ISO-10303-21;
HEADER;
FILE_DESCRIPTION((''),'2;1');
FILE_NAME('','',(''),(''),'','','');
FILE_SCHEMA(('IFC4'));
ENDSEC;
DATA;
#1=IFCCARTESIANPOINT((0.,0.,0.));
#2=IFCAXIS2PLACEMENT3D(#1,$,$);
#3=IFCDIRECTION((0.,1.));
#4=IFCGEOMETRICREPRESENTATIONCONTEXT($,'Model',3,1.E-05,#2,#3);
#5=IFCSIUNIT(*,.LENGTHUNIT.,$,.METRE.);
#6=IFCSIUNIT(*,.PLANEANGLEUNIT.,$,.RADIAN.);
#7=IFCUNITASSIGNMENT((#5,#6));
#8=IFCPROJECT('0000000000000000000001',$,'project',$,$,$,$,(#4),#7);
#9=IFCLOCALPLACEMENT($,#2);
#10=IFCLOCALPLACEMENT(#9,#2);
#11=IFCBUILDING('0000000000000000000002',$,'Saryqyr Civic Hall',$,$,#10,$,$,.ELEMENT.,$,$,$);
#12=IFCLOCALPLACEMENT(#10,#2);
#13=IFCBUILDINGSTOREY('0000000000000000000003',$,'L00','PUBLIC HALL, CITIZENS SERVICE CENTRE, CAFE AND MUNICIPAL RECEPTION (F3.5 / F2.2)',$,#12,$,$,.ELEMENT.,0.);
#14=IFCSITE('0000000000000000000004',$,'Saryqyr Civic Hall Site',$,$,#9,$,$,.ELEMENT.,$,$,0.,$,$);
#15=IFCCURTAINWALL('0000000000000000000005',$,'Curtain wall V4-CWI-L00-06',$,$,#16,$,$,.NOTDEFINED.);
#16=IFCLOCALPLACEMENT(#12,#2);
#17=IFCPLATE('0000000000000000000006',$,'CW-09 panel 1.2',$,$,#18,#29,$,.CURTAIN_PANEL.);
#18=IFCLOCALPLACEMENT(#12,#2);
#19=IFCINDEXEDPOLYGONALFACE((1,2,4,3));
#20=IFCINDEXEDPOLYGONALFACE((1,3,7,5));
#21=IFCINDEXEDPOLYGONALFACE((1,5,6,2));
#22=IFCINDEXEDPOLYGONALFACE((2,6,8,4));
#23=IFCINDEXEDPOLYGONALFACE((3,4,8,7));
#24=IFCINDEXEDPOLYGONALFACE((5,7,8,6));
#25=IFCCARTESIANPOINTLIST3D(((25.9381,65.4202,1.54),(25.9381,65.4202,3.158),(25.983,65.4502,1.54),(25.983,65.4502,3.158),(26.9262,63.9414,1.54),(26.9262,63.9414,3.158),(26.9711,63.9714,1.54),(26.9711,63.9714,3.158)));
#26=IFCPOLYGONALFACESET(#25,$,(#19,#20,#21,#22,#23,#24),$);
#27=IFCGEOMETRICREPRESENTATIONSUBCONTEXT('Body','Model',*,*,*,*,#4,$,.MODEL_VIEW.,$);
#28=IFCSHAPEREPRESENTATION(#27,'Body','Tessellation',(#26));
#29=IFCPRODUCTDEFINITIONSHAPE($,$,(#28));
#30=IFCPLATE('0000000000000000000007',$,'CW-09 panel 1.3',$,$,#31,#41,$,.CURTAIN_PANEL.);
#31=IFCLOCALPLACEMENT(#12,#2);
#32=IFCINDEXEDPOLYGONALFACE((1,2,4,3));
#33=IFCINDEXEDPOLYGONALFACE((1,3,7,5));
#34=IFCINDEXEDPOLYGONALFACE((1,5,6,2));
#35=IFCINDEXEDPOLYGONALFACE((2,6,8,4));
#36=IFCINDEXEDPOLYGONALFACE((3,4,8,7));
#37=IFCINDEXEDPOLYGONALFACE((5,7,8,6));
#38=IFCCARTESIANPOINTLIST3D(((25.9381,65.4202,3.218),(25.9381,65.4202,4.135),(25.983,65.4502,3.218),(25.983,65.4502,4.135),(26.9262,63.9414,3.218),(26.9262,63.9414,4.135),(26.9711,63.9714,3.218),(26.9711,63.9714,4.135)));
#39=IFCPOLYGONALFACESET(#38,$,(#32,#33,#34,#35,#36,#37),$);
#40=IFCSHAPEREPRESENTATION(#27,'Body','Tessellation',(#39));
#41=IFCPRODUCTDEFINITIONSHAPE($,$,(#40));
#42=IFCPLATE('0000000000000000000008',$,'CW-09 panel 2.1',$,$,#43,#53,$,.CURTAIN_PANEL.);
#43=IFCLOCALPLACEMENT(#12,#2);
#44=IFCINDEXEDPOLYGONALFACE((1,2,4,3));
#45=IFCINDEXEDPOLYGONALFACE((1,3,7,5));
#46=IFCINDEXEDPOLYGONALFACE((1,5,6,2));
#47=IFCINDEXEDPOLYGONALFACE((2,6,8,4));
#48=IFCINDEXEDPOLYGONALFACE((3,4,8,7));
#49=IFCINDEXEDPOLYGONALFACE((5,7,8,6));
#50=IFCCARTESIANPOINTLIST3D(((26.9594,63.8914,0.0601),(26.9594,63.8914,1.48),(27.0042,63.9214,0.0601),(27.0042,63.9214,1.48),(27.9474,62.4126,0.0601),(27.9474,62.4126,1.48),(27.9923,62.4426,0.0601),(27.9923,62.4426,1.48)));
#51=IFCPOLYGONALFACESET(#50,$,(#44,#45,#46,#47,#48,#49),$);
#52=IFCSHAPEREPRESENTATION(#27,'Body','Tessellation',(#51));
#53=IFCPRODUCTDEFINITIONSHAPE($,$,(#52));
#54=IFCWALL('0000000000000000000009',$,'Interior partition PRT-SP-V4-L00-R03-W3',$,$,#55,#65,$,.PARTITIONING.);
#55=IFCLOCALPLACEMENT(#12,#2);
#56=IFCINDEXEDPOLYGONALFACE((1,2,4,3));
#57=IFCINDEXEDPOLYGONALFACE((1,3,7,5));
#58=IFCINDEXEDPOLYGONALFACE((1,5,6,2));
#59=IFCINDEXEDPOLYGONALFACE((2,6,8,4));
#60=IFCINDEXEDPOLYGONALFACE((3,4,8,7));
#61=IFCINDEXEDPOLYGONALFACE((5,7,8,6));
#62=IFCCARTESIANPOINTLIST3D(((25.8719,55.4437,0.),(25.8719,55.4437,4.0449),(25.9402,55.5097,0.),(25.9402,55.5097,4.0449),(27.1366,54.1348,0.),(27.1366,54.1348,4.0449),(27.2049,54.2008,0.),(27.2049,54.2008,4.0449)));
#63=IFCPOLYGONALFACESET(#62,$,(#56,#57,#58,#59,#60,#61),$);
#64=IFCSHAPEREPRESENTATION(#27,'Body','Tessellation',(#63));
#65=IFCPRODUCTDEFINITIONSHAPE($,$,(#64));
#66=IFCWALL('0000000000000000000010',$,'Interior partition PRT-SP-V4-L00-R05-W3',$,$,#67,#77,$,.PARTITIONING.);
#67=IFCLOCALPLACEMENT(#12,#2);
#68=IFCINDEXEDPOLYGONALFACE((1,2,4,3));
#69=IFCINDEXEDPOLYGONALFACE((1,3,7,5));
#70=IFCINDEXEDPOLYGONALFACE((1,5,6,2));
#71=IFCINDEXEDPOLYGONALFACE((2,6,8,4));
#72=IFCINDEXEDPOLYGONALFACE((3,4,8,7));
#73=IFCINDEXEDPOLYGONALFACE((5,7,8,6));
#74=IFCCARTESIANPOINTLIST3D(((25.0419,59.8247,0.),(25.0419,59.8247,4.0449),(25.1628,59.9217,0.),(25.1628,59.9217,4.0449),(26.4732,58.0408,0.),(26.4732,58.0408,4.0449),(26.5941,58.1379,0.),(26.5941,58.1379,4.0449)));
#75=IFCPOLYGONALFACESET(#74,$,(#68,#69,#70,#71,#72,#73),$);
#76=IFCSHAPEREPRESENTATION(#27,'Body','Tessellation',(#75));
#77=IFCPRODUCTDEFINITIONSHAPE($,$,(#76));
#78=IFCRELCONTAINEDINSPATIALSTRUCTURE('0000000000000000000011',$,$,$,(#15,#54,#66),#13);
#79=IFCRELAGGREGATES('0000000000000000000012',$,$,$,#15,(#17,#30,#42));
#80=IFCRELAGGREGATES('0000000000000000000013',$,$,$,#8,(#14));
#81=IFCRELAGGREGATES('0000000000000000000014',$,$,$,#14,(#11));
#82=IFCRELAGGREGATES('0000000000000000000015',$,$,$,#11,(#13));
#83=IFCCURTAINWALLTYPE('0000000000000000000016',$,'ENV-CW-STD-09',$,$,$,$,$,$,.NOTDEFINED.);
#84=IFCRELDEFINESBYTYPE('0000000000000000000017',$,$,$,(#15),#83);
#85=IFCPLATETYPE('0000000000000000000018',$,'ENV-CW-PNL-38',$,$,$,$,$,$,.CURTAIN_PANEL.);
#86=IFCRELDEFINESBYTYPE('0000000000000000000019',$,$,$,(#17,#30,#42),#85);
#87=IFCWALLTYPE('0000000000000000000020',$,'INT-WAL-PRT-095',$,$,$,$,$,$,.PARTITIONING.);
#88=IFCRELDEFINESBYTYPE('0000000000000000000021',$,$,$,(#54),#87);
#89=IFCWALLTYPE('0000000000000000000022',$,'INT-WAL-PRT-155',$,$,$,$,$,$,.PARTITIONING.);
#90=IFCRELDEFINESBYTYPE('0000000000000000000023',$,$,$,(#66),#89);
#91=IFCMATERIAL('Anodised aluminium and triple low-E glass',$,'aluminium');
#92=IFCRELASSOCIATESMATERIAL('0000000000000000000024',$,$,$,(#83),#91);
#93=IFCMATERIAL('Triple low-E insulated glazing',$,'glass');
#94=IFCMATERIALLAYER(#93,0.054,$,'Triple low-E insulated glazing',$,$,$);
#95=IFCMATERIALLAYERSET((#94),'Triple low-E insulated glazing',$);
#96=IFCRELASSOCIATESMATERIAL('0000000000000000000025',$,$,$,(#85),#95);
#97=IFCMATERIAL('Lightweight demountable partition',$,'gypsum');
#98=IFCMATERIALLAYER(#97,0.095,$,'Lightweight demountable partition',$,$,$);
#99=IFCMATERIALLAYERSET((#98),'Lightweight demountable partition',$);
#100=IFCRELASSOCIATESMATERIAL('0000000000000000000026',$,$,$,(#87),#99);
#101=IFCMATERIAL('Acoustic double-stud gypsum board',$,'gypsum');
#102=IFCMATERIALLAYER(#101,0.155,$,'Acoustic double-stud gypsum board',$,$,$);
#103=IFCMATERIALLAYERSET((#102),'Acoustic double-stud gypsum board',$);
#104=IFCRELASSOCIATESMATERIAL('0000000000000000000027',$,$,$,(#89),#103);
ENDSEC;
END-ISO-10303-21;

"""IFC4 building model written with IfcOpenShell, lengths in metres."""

from ifc_helpers import new_model, si_unit, direction, frame, frame_2d, origin, origin_2d, place, context, subcontext, project, spatial, rectangle, extrude, material, layer, layer_set, type_object, element, aggregate, save


model = new_model("IFC4")

# Units and contexts
model_context = context("Model", 3, precision=1e-05, world=origin(), true_north=direction((0.0, 1.0)))
body_context = subcontext(model_context, "Body", "Model", "MODEL_VIEW")
ifc_project = project(units=[si_unit("LENGTHUNIT", "METRE"), si_unit("PLANEANGLEUNIT", "RADIAN")], contexts=[model_context])

# Site, building, storey
site_placement = place(None, origin())
site = spatial("IfcSite", under=ifc_project, at=site_placement, Name="Saryqyr Civic Hall Site", CompositionType="ELEMENT", RefElevation=0.0)
building_placement = place(site_placement, origin())
building = spatial("IfcBuilding", under=site, at=building_placement, Name="Saryqyr Civic Hall", CompositionType="ELEMENT")
storey_placement = place(building_placement, origin())
storey = spatial("IfcBuildingStorey", under=building, at=storey_placement, Name="L00", Description="PUBLIC HALL, CITIZENS SERVICE CENTRE, CAFE AND MUNICIPAL RECEPTION (F3.5 / F2.2)", CompositionType="ELEMENT", Elevation=0.0)

# Curtain wall
ifc_material_1 = material(Name="Anodised aluminium and triple low-E glass", Category="aluminium")
curtain_wall_type_1 = type_object("IfcCurtainWallType", Name="ENV-CW-STD-09", PredefinedType="NOTDEFINED", material=ifc_material_1)
curtain_wall_1_placement = place(storey_placement, origin())
curtain_wall_1 = element("IfcCurtainWall", 1, at=curtain_wall_1_placement, inside=storey, type_object=curtain_wall_type_1, Name="Curtain wall V4-CWI-L00-06", PredefinedType="NOTDEFINED")

# Shared definitions
ifc_material_2 = material(Name="Triple low-E insulated glazing", Category="glass")
ifc_layer_1 = layer(ifc_material_2, 0.054, Name="Triple low-E insulated glazing")
ifc_layer_set_1 = layer_set([ifc_layer_1], Name="Triple low-E insulated glazing")
plate_type = type_object("IfcPlateType", Name="ENV-CW-PNL-38", PredefinedType="CURTAIN_PANEL", material=ifc_layer_set_1)

# Plates
plate_1_placement = place(storey_placement, frame((26.4546, 64.6958, 1.54), z_axis=(0.0, 0.0, 1.0), x_axis=(0.555558, -0.831478, 0.0)))
plate_1 = element("IfcPlate", 2, at=plate_1_placement, type_object=plate_type, Name="CW-09 panel 1.2", PredefinedType="CURTAIN_PANEL", context=body_context, shape_type="SweptSolid", body=[
    extrude(rectangle(XDim=1.7786, YDim=0.054, at=origin_2d()), origin(), (0.0, 0.0, 1.0), 1.6179),
])
plate_2_placement = place(storey_placement, frame((26.4546, 64.6958, 3.218), z_axis=(0.0, 0.0, 1.0), x_axis=(0.555558, -0.831478, 0.0)))
plate_2 = element("IfcPlate", 3, at=plate_2_placement, type_object=plate_type, Name="CW-09 panel 1.3", PredefinedType="CURTAIN_PANEL", context=body_context, shape_type="SweptSolid", body=[
    extrude(rectangle(XDim=1.7786, YDim=0.054, at=origin_2d()), origin(), (0.0, 0.0, 1.0), 0.917),
])
plate_3_placement = place(storey_placement, frame((27.4758, 63.167, 0.0601), z_axis=(0.0, 0.0, 1.0), x_axis=(0.555558, -0.831478, 0.0)))
plate_3 = element("IfcPlate", 4, at=plate_3_placement, type_object=plate_type, Name="CW-09 panel 2.1", PredefinedType="CURTAIN_PANEL", context=body_context, shape_type="SweptSolid", body=[
    extrude(rectangle(XDim=1.7786, YDim=0.054, at=origin_2d()), origin(), (0.0, 0.0, 1.0), 1.4199),
])
aggregate(curtain_wall_1, [plate_1, plate_2, plate_3])

# Walls
ifc_material_3 = material(Name="Lightweight demountable partition", Category="gypsum")
ifc_layer_2 = layer(ifc_material_3, 0.095, Name="Lightweight demountable partition")
ifc_layer_set_2 = layer_set([ifc_layer_2], Name="Lightweight demountable partition")
wall_type_1 = type_object("IfcWallType", Name="INT-WAL-PRT-095", PredefinedType="PARTITIONING", material=ifc_layer_set_2)
wall_1_placement = place(storey_placement, frame((25.906, 55.4768, 0.0), z_axis=(0.0, 0.0, 1.0), x_axis=(0.694863, -0.719143, 0.0)))
element("IfcWall", 5, at=wall_1_placement, inside=storey, type_object=wall_type_1, Name="Interior partition PRT-SP-V4-L00-R03-W3", PredefinedType="PARTITIONING", context=body_context, shape_type="SweptSolid", body=[
    extrude(rectangle(XDim=1.8201, YDim=0.095, at=frame_2d((0.9102, 0.0))), origin(), (0.0, 0.0, 1.0), 4.0449),
])
ifc_material_4 = material(Name="Acoustic double-stud gypsum board", Category="gypsum")
ifc_layer_3 = layer(ifc_material_4, 0.155, Name="Acoustic double-stud gypsum board")
ifc_layer_set_3 = layer_set([ifc_layer_3], Name="Acoustic double-stud gypsum board")
wall_type_2 = type_object("IfcWallType", Name="INT-WAL-PRT-155", PredefinedType="PARTITIONING", material=ifc_layer_set_3)
wall_2_placement = place(storey_placement, frame((26.5337, 58.0894, 0.0), z_axis=(0.0, 0.0, 1.0), x_axis=(-0.625827, 0.779962, 0.0)))
element("IfcWall", 6, at=wall_2_placement, inside=storey, type_object=wall_type_2, Name="Interior partition PRT-SP-V4-L00-R05-W3", PredefinedType="PARTITIONING", context=body_context, shape_type="SweptSolid", body=[
    extrude(rectangle(XDim=2.2871, YDim=0.155, at=frame_2d((1.1436, 0.0))), origin(), (0.0, 0.0, 1.0), 4.0449),
])

save(model, "model.ifc")
